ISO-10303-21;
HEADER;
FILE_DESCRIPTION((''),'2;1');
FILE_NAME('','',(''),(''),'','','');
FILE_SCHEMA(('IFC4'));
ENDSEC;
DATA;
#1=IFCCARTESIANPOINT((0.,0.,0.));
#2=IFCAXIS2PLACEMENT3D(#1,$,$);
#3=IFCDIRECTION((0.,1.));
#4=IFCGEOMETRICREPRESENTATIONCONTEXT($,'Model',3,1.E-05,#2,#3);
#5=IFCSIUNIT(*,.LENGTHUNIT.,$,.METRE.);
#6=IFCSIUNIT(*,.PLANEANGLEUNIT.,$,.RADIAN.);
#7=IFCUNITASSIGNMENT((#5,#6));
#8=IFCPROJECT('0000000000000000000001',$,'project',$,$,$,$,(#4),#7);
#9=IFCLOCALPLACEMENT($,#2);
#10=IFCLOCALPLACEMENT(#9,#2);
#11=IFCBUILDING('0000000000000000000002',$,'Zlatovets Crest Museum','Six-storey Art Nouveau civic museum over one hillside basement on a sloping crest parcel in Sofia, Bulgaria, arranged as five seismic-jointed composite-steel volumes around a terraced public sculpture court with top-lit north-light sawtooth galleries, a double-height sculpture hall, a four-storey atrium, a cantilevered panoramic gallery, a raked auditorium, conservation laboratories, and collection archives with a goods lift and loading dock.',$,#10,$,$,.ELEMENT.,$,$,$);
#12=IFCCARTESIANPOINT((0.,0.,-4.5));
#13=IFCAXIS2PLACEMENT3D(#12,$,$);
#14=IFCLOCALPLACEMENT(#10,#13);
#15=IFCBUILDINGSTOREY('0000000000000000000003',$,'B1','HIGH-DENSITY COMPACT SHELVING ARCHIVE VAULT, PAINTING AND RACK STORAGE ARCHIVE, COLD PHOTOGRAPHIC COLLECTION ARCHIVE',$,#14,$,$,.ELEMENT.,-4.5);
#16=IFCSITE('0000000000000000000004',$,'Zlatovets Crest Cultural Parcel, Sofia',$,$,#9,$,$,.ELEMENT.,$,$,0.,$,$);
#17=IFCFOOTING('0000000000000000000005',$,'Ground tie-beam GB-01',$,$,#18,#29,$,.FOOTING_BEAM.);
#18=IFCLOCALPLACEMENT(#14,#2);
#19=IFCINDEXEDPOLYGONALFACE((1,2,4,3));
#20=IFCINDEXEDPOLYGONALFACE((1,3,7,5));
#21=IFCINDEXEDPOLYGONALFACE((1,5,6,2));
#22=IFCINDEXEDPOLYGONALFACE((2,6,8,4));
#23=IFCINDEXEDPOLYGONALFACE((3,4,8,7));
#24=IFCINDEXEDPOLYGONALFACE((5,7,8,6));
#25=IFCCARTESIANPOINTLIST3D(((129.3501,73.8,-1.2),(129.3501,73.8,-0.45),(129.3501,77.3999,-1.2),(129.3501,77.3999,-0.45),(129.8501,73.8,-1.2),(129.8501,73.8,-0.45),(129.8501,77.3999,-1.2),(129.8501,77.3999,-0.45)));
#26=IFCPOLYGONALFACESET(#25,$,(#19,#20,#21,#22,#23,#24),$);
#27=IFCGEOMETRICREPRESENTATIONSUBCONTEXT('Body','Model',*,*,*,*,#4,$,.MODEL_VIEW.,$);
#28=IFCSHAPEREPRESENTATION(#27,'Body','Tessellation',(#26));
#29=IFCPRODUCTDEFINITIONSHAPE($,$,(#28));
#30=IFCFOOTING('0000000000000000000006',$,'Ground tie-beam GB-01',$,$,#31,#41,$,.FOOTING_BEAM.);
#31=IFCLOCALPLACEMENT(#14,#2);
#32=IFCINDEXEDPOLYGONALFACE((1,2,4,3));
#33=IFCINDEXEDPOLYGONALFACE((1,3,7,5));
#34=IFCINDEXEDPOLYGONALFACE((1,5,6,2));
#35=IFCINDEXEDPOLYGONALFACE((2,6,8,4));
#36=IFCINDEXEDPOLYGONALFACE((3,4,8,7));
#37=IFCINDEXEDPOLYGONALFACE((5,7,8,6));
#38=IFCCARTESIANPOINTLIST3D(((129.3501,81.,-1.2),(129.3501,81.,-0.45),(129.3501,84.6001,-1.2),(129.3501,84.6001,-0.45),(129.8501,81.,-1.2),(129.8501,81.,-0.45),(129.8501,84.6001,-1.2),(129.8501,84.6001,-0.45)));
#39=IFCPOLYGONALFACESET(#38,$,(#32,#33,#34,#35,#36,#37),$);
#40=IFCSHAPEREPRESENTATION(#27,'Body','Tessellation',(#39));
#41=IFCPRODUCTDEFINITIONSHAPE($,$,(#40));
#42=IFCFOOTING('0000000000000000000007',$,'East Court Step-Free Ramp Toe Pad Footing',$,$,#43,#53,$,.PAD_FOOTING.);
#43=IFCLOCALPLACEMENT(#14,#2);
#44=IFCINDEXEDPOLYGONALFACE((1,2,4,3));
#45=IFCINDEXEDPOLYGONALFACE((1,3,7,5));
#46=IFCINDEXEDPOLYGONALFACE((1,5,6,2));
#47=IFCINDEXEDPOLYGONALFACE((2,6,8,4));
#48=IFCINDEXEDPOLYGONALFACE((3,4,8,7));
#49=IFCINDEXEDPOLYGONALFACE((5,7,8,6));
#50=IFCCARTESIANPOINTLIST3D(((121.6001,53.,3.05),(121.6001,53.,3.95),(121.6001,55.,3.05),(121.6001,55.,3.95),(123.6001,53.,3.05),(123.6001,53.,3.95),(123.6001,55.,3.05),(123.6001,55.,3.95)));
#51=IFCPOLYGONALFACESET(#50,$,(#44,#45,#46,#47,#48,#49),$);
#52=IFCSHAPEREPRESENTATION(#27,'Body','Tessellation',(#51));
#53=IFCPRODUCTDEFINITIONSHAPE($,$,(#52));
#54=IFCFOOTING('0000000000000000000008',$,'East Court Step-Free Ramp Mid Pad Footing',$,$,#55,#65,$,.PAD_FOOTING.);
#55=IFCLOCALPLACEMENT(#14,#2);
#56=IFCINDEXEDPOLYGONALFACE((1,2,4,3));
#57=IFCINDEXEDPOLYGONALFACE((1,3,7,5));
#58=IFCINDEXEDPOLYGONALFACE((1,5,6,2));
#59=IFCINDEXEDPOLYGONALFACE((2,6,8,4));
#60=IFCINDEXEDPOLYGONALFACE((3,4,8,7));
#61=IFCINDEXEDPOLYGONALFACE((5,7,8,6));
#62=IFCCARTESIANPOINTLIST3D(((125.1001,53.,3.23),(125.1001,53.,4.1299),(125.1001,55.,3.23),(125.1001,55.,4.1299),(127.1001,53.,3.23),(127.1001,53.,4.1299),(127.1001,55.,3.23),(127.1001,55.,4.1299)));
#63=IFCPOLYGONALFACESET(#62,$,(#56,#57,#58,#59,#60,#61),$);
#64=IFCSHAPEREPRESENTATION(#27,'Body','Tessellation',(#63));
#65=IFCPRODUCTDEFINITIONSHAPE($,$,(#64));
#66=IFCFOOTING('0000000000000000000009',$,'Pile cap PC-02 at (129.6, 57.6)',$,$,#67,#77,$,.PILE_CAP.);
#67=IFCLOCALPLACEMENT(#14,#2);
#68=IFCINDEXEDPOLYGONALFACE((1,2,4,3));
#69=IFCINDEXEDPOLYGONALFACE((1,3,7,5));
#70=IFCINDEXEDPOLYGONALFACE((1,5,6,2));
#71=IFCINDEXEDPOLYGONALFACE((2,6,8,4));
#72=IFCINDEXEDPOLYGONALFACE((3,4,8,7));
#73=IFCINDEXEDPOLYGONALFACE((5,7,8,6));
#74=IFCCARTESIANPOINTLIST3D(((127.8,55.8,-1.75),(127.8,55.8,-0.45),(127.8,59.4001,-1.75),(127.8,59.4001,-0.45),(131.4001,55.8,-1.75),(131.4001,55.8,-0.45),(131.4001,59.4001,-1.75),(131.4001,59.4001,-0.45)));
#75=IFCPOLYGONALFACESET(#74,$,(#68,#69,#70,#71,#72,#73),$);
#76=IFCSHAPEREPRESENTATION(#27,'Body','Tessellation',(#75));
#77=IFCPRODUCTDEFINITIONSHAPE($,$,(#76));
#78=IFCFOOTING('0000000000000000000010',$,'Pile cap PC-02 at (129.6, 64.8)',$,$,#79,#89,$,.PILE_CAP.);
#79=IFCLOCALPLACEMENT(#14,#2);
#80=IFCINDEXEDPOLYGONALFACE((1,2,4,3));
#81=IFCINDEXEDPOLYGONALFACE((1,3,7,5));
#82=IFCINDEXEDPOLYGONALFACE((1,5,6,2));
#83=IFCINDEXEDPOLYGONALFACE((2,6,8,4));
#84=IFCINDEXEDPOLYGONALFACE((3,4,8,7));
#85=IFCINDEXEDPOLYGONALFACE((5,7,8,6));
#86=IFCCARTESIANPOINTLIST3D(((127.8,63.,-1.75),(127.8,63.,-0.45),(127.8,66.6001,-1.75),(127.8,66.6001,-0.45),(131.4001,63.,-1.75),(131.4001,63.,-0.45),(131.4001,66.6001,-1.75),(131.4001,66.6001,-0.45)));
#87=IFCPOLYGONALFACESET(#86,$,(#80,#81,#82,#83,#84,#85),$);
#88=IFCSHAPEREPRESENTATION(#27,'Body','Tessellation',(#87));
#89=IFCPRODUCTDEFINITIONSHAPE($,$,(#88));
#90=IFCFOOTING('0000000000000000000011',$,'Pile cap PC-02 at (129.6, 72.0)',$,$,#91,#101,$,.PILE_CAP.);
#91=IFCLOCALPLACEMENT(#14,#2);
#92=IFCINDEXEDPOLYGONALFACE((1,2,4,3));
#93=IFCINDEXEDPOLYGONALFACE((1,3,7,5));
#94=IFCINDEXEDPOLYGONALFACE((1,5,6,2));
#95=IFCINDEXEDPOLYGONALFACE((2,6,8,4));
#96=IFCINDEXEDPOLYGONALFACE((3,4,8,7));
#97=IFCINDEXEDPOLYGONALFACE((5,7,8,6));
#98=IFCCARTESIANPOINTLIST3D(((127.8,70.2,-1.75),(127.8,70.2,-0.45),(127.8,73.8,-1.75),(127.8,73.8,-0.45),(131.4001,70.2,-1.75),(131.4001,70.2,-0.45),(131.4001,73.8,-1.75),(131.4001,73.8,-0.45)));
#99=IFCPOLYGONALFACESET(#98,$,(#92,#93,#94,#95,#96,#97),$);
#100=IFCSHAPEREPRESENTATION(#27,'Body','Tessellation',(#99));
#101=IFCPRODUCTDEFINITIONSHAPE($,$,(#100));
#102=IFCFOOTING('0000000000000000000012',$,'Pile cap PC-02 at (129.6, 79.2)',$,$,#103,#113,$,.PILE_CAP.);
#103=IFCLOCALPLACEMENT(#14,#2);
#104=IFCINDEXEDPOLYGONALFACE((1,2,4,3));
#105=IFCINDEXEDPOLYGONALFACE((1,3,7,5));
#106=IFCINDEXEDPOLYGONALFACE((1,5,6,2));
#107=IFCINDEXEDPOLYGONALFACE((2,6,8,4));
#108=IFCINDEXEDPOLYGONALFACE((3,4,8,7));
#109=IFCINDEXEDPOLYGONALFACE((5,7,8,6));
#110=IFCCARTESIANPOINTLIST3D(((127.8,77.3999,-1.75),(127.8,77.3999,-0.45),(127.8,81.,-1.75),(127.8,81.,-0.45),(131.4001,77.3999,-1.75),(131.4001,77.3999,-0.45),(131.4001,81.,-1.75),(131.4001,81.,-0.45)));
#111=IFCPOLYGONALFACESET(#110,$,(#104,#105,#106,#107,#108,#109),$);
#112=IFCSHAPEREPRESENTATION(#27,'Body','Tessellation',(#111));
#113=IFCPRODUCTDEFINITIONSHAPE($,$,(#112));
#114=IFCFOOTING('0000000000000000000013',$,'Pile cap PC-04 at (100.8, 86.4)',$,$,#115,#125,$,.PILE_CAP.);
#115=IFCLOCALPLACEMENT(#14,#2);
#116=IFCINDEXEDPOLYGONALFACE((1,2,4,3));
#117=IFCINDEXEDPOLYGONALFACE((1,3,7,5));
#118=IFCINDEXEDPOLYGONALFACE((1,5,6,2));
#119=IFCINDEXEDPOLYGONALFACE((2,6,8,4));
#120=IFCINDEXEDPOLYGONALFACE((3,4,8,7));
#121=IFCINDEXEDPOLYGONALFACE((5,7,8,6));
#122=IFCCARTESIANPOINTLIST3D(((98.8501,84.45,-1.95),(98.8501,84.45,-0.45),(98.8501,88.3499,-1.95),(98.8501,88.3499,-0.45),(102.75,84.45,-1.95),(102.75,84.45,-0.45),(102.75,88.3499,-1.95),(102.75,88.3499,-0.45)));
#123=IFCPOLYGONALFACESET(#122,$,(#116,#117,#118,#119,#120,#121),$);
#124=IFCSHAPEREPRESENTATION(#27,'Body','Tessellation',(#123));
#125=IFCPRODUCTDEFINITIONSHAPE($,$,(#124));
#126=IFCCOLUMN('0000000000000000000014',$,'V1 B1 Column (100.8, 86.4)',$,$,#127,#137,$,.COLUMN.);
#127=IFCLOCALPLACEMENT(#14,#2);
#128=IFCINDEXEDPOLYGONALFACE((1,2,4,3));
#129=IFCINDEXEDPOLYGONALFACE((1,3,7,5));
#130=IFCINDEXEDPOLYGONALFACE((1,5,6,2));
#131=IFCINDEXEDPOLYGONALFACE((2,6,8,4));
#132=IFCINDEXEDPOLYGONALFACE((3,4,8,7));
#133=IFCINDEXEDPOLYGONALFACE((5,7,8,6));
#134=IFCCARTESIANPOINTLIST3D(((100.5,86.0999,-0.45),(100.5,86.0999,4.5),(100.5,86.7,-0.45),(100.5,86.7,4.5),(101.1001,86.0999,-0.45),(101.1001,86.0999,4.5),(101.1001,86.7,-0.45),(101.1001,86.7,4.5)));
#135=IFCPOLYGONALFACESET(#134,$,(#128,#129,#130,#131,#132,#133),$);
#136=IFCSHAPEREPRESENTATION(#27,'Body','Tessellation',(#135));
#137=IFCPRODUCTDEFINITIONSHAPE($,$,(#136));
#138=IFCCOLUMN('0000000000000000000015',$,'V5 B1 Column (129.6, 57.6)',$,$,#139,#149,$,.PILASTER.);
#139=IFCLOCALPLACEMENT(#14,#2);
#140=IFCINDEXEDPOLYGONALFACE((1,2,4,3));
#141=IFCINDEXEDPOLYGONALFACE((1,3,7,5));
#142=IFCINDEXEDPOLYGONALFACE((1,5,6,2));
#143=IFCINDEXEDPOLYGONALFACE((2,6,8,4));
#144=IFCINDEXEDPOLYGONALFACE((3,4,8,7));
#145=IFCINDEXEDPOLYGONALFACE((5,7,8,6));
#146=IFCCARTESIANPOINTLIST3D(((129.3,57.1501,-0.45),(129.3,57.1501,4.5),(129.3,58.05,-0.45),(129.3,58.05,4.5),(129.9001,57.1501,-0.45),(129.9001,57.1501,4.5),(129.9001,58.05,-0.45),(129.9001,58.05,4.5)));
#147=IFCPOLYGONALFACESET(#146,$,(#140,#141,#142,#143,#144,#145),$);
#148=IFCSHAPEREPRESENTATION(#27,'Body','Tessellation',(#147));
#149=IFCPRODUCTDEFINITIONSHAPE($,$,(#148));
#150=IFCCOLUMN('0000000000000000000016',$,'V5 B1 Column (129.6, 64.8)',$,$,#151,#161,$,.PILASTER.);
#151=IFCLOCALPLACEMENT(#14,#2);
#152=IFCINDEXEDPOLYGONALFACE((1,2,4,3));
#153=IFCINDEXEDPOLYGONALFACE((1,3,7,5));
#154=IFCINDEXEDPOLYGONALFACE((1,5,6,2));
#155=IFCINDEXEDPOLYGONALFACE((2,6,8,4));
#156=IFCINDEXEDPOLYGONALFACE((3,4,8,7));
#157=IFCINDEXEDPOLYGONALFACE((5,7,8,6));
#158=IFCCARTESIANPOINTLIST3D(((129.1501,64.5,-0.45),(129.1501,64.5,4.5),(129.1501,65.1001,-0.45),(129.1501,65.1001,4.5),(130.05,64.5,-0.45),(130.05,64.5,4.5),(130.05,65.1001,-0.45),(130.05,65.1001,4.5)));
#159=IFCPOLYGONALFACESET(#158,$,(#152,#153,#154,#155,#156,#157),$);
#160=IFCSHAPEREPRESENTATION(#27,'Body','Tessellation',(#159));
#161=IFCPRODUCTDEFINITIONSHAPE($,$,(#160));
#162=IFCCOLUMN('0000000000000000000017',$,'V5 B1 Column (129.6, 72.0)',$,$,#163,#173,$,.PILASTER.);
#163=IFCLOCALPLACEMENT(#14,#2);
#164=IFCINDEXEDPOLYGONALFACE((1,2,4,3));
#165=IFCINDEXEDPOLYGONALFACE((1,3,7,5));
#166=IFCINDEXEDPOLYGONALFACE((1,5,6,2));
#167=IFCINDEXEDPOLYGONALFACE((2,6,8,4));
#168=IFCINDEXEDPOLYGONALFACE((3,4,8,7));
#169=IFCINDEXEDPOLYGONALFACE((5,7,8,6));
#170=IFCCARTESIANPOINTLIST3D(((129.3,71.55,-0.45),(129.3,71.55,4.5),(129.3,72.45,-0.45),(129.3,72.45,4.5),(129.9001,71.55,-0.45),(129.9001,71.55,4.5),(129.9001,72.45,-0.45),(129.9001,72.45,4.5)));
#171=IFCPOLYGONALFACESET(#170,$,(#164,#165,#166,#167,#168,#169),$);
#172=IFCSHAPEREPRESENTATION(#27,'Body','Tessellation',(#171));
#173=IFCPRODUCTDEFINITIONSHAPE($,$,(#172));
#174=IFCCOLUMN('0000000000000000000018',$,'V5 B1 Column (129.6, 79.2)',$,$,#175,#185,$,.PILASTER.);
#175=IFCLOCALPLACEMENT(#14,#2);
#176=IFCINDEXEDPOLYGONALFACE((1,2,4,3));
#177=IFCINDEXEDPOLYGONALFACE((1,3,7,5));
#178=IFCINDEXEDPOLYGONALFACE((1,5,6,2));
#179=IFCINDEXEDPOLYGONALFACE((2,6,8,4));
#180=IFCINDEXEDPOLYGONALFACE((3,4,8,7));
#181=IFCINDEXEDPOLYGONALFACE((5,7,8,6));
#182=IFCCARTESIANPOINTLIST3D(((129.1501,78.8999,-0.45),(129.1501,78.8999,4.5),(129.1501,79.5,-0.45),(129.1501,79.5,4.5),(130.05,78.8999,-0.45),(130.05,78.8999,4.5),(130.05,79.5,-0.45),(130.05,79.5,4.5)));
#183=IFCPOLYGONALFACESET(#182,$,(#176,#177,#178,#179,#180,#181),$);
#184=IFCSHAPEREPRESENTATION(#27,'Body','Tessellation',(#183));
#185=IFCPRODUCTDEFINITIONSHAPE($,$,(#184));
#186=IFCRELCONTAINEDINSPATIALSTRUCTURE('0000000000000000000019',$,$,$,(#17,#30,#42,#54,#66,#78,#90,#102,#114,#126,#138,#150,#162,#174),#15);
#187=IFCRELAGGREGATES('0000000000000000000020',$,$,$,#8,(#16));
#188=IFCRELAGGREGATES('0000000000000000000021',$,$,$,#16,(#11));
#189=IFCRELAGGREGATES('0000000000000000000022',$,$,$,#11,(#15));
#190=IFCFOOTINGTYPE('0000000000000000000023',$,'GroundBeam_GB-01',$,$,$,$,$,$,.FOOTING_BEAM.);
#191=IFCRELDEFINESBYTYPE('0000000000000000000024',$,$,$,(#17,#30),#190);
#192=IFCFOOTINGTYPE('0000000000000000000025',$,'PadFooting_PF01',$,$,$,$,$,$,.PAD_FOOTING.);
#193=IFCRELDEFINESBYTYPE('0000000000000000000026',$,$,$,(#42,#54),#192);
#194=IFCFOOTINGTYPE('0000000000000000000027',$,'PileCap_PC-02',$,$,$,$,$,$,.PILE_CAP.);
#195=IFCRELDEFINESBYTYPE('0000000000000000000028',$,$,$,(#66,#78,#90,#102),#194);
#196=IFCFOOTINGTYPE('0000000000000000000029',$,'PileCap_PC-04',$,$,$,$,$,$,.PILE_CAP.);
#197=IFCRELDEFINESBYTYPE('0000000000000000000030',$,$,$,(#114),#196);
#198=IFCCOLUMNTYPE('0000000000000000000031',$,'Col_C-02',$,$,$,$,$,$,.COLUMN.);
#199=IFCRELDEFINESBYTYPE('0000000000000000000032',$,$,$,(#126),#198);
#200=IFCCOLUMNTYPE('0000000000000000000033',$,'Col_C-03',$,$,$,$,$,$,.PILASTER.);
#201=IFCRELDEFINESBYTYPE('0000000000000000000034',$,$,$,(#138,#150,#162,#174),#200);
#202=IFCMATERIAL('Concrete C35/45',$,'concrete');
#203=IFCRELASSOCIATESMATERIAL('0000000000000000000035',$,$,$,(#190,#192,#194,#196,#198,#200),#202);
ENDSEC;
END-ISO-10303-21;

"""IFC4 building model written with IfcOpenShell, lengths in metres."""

from ifc_helpers import new_model, si_unit, direction, frame, origin, origin_2d, place, context, subcontext, project, spatial, rectangle, extrude, material, material_profile, profile_set, type_object, element, save


model = new_model("IFC4")

# Units and contexts
model_context = context("Model", 3, precision=1e-05, world=origin(), true_north=direction((0.0, 1.0)))
body_context = subcontext(model_context, "Body", "Model", "MODEL_VIEW")
ifc_project = project(units=[si_unit("LENGTHUNIT", "METRE"), si_unit("PLANEANGLEUNIT", "RADIAN")], contexts=[model_context])

# Site, building, storey
site_placement = place(None, origin())
site = spatial("IfcSite", under=ifc_project, at=site_placement, Name="Zlatovets Crest Cultural Parcel, Sofia", CompositionType="ELEMENT", RefElevation=0.0)
building_placement = place(site_placement, origin())
building = spatial("IfcBuilding", under=site, at=building_placement, Name="Zlatovets Crest Museum", Description="Six-storey Art Nouveau civic museum over one hillside basement on a sloping crest parcel in Sofia, Bulgaria, arranged as five seismic-jointed composite-steel volumes around a terraced public sculpture court with top-lit north-light sawtooth galleries, a double-height sculpture hall, a four-storey atrium, a cantilevered panoramic gallery, a raked auditorium, conservation laboratories, and collection archives with a goods lift and loading dock.", CompositionType="ELEMENT")
storey_placement = place(building_placement, frame((0.0, 0.0, -4.5)))
storey = spatial("IfcBuildingStorey", under=building, at=storey_placement, Name="B1", Description="HIGH-DENSITY COMPACT SHELVING ARCHIVE VAULT, PAINTING AND RACK STORAGE ARCHIVE, COLD PHOTOGRAPHIC COLLECTION ARCHIVE", CompositionType="ELEMENT", Elevation=-4.5)

# Shared definitions
ifc_material_1 = material(Name="Concrete C35/45", Category="concrete")

# Footings
ifc_material_profile_1 = material_profile(ifc_material_1, rectangle(XDim=0.5, YDim=0.75, at=origin_2d()), Name="RC 500x750")
ifc_profile_set_1 = profile_set([ifc_material_profile_1], Name="Concrete C35/45")
footing_type_1 = type_object("IfcFootingType", Name="GroundBeam_GB-01", PredefinedType="FOOTING_BEAM", material=ifc_profile_set_1)
for number, where, z_axis, x_axis, name in (
    (1, (129.6001, 73.8, -0.825), (0.0, 1.0, 0.0), (-1.0, 0.0, 0.0), "Ground tie-beam GB-01"),
):
    element("IfcFooting", number, at=place(storey_placement, frame(where, z_axis=z_axis, x_axis=x_axis)), inside=storey, type_object=footing_type_1, Name=name, PredefinedType="FOOTING_BEAM", context=body_context, shape_type="SweptSolid", body=[
        extrude(rectangle(XDim=0.5, YDim=0.75, at=origin_2d()), origin(), (0.0, 0.0, 1.0), 3.5999),
    ])
footing_1_placement = place(storey_placement, frame((129.6001, 81.0, -0.825), z_axis=(0.0, 1.0, 0.0), x_axis=(-1.0, 0.0, 0.0)))
element("IfcFooting", 2, at=footing_1_placement, inside=storey, type_object=footing_type_1, Name="Ground tie-beam GB-01", PredefinedType="FOOTING_BEAM", context=body_context, shape_type="SweptSolid", body=[
    extrude(rectangle(XDim=0.5, YDim=0.75, at=origin_2d()), origin(), (0.0, 0.0, 1.0), 3.6001),
])
footing_type_2 = type_object("IfcFootingType", Name="PadFooting_PF01", PredefinedType="PAD_FOOTING", material=ifc_material_1)
for number, where, z_axis, x_axis, name in (
    (3, (122.6001, 54.0, 3.05), (0.0, 0.0, 1.0), (1.0, 0.0, 0.0), "East Court Step-Free Ramp Toe Pad Footing"),
    (4, (126.1001, 54.0, 3.23), (0.0, 0.0, 1.0), (1.0, 0.0, 0.0), "East Court Step-Free Ramp Mid Pad Footing"),
):
    element("IfcFooting", number, at=place(storey_placement, frame(where, z_axis=z_axis, x_axis=x_axis)), inside=storey, type_object=footing_type_2, Name=name, PredefinedType="PAD_FOOTING", context=body_context, shape_type="SweptSolid", body=[
        extrude(rectangle(XDim=2.0, YDim=2.0, at=origin_2d()), origin(), (0.0, 0.0, 1.0), 0.8999),
    ])
footing_type_3 = type_object("IfcFootingType", Name="PileCap_PC-02", PredefinedType="PILE_CAP", material=ifc_material_1)
for number, where, z_axis, x_axis, name in (
    (5, (129.6001, 57.6001, -1.75), (0.0, 0.0, 1.0), (1.0, 0.0, 0.0), "Pile cap PC-02 at (129.6, 57.6)"),
    (6, (129.6001, 64.8, -1.75), (0.0, 0.0, 1.0), (1.0, 0.0, 0.0), "Pile cap PC-02 at (129.6, 64.8)"),
    (7, (129.6001, 72.0, -1.75), (0.0, 0.0, 1.0), (1.0, 0.0, 0.0), "Pile cap PC-02 at (129.6, 72.0)"),
    (8, (129.6001, 79.2, -1.75), (0.0, 0.0, 1.0), (1.0, 0.0, 0.0), "Pile cap PC-02 at (129.6, 79.2)"),
):
    element("IfcFooting", number, at=place(storey_placement, frame(where, z_axis=z_axis, x_axis=x_axis)), inside=storey, type_object=footing_type_3, Name=name, PredefinedType="PILE_CAP", context=body_context, shape_type="SweptSolid", body=[
        extrude(rectangle(XDim=3.6001, YDim=3.6001, at=origin_2d()), origin(), (0.0, 0.0, 1.0), 1.3),
    ])
footing_type_4 = type_object("IfcFootingType", Name="PileCap_PC-04", PredefinedType="PILE_CAP", material=ifc_material_1)
footing_2_placement = place(storey_placement, frame((100.8, 86.3999, -1.95), z_axis=(0.0, 0.0, 1.0), x_axis=(1.0, 0.0, 0.0)))
element("IfcFooting", 9, at=footing_2_placement, inside=storey, type_object=footing_type_4, Name="Pile cap PC-04 at (100.8, 86.4)", PredefinedType="PILE_CAP", context=body_context, shape_type="SweptSolid", body=[
    extrude(rectangle(XDim=3.8999, YDim=3.8999, at=origin_2d()), origin(), (0.0, 0.0, 1.0), 1.5),
])

# Columns
ifc_material_profile_2 = material_profile(ifc_material_1, rectangle(XDim=0.6001, YDim=0.6001, at=origin_2d()), Name="RC 600x600")
ifc_profile_set_2 = profile_set([ifc_material_profile_2], Name="Concrete C35/45")
column_type_1 = type_object("IfcColumnType", Name="Col_C-02", PredefinedType="COLUMN", material=ifc_profile_set_2)
column_placement = place(storey_placement, frame((100.8, 86.3999, -0.45), z_axis=(0.0, 0.0, 1.0), x_axis=(1.0, 0.0, 0.0)))
element("IfcColumn", 10, at=column_placement, inside=storey, type_object=column_type_1, Name="V1 B1 Column (100.8, 86.4)", PredefinedType="COLUMN", context=body_context, shape_type="SweptSolid", body=[
    extrude(rectangle(XDim=0.6001, YDim=0.6001, at=origin_2d()), origin(), (0.0, 0.0, 1.0), 4.95),
])
ifc_material_profile_3 = material_profile(ifc_material_1, rectangle(XDim=0.6001, YDim=0.8999, at=origin_2d()), Name="RC 600x900")
ifc_profile_set_3 = profile_set([ifc_material_profile_3], Name="Concrete C35/45")
column_type_2 = type_object("IfcColumnType", Name="Col_C-03", PredefinedType="PILASTER", material=ifc_profile_set_3)
for number, where, z_axis, x_axis, name in (
    (11, (129.6001, 57.6001, -0.45), (0.0, 0.0, 1.0), (1.0, 0.0, 0.0), "V5 B1 Column (129.6, 57.6)"),
    (12, (129.6001, 64.8, -0.45), (0.0, 0.0, 1.0), (0.0, 1.0, 0.0), "V5 B1 Column (129.6, 64.8)"),
    (13, (129.6001, 72.0, -0.45), (0.0, 0.0, 1.0), (1.0, 0.0, 0.0), "V5 B1 Column (129.6, 72.0)"),
    (14, (129.6001, 79.2, -0.45), (0.0, 0.0, 1.0), (0.0, 1.0, 0.0), "V5 B1 Column (129.6, 79.2)"),
):
    element("IfcColumn", number, at=place(storey_placement, frame(where, z_axis=z_axis, x_axis=x_axis)), inside=storey, type_object=column_type_2, Name=name, PredefinedType="PILASTER", context=body_context, shape_type="SweptSolid", body=[
        extrude(rectangle(XDim=0.6001, YDim=0.8999, at=origin_2d()), origin(), (0.0, 0.0, 1.0), 4.95),
    ])

save(model, "model.ifc")
